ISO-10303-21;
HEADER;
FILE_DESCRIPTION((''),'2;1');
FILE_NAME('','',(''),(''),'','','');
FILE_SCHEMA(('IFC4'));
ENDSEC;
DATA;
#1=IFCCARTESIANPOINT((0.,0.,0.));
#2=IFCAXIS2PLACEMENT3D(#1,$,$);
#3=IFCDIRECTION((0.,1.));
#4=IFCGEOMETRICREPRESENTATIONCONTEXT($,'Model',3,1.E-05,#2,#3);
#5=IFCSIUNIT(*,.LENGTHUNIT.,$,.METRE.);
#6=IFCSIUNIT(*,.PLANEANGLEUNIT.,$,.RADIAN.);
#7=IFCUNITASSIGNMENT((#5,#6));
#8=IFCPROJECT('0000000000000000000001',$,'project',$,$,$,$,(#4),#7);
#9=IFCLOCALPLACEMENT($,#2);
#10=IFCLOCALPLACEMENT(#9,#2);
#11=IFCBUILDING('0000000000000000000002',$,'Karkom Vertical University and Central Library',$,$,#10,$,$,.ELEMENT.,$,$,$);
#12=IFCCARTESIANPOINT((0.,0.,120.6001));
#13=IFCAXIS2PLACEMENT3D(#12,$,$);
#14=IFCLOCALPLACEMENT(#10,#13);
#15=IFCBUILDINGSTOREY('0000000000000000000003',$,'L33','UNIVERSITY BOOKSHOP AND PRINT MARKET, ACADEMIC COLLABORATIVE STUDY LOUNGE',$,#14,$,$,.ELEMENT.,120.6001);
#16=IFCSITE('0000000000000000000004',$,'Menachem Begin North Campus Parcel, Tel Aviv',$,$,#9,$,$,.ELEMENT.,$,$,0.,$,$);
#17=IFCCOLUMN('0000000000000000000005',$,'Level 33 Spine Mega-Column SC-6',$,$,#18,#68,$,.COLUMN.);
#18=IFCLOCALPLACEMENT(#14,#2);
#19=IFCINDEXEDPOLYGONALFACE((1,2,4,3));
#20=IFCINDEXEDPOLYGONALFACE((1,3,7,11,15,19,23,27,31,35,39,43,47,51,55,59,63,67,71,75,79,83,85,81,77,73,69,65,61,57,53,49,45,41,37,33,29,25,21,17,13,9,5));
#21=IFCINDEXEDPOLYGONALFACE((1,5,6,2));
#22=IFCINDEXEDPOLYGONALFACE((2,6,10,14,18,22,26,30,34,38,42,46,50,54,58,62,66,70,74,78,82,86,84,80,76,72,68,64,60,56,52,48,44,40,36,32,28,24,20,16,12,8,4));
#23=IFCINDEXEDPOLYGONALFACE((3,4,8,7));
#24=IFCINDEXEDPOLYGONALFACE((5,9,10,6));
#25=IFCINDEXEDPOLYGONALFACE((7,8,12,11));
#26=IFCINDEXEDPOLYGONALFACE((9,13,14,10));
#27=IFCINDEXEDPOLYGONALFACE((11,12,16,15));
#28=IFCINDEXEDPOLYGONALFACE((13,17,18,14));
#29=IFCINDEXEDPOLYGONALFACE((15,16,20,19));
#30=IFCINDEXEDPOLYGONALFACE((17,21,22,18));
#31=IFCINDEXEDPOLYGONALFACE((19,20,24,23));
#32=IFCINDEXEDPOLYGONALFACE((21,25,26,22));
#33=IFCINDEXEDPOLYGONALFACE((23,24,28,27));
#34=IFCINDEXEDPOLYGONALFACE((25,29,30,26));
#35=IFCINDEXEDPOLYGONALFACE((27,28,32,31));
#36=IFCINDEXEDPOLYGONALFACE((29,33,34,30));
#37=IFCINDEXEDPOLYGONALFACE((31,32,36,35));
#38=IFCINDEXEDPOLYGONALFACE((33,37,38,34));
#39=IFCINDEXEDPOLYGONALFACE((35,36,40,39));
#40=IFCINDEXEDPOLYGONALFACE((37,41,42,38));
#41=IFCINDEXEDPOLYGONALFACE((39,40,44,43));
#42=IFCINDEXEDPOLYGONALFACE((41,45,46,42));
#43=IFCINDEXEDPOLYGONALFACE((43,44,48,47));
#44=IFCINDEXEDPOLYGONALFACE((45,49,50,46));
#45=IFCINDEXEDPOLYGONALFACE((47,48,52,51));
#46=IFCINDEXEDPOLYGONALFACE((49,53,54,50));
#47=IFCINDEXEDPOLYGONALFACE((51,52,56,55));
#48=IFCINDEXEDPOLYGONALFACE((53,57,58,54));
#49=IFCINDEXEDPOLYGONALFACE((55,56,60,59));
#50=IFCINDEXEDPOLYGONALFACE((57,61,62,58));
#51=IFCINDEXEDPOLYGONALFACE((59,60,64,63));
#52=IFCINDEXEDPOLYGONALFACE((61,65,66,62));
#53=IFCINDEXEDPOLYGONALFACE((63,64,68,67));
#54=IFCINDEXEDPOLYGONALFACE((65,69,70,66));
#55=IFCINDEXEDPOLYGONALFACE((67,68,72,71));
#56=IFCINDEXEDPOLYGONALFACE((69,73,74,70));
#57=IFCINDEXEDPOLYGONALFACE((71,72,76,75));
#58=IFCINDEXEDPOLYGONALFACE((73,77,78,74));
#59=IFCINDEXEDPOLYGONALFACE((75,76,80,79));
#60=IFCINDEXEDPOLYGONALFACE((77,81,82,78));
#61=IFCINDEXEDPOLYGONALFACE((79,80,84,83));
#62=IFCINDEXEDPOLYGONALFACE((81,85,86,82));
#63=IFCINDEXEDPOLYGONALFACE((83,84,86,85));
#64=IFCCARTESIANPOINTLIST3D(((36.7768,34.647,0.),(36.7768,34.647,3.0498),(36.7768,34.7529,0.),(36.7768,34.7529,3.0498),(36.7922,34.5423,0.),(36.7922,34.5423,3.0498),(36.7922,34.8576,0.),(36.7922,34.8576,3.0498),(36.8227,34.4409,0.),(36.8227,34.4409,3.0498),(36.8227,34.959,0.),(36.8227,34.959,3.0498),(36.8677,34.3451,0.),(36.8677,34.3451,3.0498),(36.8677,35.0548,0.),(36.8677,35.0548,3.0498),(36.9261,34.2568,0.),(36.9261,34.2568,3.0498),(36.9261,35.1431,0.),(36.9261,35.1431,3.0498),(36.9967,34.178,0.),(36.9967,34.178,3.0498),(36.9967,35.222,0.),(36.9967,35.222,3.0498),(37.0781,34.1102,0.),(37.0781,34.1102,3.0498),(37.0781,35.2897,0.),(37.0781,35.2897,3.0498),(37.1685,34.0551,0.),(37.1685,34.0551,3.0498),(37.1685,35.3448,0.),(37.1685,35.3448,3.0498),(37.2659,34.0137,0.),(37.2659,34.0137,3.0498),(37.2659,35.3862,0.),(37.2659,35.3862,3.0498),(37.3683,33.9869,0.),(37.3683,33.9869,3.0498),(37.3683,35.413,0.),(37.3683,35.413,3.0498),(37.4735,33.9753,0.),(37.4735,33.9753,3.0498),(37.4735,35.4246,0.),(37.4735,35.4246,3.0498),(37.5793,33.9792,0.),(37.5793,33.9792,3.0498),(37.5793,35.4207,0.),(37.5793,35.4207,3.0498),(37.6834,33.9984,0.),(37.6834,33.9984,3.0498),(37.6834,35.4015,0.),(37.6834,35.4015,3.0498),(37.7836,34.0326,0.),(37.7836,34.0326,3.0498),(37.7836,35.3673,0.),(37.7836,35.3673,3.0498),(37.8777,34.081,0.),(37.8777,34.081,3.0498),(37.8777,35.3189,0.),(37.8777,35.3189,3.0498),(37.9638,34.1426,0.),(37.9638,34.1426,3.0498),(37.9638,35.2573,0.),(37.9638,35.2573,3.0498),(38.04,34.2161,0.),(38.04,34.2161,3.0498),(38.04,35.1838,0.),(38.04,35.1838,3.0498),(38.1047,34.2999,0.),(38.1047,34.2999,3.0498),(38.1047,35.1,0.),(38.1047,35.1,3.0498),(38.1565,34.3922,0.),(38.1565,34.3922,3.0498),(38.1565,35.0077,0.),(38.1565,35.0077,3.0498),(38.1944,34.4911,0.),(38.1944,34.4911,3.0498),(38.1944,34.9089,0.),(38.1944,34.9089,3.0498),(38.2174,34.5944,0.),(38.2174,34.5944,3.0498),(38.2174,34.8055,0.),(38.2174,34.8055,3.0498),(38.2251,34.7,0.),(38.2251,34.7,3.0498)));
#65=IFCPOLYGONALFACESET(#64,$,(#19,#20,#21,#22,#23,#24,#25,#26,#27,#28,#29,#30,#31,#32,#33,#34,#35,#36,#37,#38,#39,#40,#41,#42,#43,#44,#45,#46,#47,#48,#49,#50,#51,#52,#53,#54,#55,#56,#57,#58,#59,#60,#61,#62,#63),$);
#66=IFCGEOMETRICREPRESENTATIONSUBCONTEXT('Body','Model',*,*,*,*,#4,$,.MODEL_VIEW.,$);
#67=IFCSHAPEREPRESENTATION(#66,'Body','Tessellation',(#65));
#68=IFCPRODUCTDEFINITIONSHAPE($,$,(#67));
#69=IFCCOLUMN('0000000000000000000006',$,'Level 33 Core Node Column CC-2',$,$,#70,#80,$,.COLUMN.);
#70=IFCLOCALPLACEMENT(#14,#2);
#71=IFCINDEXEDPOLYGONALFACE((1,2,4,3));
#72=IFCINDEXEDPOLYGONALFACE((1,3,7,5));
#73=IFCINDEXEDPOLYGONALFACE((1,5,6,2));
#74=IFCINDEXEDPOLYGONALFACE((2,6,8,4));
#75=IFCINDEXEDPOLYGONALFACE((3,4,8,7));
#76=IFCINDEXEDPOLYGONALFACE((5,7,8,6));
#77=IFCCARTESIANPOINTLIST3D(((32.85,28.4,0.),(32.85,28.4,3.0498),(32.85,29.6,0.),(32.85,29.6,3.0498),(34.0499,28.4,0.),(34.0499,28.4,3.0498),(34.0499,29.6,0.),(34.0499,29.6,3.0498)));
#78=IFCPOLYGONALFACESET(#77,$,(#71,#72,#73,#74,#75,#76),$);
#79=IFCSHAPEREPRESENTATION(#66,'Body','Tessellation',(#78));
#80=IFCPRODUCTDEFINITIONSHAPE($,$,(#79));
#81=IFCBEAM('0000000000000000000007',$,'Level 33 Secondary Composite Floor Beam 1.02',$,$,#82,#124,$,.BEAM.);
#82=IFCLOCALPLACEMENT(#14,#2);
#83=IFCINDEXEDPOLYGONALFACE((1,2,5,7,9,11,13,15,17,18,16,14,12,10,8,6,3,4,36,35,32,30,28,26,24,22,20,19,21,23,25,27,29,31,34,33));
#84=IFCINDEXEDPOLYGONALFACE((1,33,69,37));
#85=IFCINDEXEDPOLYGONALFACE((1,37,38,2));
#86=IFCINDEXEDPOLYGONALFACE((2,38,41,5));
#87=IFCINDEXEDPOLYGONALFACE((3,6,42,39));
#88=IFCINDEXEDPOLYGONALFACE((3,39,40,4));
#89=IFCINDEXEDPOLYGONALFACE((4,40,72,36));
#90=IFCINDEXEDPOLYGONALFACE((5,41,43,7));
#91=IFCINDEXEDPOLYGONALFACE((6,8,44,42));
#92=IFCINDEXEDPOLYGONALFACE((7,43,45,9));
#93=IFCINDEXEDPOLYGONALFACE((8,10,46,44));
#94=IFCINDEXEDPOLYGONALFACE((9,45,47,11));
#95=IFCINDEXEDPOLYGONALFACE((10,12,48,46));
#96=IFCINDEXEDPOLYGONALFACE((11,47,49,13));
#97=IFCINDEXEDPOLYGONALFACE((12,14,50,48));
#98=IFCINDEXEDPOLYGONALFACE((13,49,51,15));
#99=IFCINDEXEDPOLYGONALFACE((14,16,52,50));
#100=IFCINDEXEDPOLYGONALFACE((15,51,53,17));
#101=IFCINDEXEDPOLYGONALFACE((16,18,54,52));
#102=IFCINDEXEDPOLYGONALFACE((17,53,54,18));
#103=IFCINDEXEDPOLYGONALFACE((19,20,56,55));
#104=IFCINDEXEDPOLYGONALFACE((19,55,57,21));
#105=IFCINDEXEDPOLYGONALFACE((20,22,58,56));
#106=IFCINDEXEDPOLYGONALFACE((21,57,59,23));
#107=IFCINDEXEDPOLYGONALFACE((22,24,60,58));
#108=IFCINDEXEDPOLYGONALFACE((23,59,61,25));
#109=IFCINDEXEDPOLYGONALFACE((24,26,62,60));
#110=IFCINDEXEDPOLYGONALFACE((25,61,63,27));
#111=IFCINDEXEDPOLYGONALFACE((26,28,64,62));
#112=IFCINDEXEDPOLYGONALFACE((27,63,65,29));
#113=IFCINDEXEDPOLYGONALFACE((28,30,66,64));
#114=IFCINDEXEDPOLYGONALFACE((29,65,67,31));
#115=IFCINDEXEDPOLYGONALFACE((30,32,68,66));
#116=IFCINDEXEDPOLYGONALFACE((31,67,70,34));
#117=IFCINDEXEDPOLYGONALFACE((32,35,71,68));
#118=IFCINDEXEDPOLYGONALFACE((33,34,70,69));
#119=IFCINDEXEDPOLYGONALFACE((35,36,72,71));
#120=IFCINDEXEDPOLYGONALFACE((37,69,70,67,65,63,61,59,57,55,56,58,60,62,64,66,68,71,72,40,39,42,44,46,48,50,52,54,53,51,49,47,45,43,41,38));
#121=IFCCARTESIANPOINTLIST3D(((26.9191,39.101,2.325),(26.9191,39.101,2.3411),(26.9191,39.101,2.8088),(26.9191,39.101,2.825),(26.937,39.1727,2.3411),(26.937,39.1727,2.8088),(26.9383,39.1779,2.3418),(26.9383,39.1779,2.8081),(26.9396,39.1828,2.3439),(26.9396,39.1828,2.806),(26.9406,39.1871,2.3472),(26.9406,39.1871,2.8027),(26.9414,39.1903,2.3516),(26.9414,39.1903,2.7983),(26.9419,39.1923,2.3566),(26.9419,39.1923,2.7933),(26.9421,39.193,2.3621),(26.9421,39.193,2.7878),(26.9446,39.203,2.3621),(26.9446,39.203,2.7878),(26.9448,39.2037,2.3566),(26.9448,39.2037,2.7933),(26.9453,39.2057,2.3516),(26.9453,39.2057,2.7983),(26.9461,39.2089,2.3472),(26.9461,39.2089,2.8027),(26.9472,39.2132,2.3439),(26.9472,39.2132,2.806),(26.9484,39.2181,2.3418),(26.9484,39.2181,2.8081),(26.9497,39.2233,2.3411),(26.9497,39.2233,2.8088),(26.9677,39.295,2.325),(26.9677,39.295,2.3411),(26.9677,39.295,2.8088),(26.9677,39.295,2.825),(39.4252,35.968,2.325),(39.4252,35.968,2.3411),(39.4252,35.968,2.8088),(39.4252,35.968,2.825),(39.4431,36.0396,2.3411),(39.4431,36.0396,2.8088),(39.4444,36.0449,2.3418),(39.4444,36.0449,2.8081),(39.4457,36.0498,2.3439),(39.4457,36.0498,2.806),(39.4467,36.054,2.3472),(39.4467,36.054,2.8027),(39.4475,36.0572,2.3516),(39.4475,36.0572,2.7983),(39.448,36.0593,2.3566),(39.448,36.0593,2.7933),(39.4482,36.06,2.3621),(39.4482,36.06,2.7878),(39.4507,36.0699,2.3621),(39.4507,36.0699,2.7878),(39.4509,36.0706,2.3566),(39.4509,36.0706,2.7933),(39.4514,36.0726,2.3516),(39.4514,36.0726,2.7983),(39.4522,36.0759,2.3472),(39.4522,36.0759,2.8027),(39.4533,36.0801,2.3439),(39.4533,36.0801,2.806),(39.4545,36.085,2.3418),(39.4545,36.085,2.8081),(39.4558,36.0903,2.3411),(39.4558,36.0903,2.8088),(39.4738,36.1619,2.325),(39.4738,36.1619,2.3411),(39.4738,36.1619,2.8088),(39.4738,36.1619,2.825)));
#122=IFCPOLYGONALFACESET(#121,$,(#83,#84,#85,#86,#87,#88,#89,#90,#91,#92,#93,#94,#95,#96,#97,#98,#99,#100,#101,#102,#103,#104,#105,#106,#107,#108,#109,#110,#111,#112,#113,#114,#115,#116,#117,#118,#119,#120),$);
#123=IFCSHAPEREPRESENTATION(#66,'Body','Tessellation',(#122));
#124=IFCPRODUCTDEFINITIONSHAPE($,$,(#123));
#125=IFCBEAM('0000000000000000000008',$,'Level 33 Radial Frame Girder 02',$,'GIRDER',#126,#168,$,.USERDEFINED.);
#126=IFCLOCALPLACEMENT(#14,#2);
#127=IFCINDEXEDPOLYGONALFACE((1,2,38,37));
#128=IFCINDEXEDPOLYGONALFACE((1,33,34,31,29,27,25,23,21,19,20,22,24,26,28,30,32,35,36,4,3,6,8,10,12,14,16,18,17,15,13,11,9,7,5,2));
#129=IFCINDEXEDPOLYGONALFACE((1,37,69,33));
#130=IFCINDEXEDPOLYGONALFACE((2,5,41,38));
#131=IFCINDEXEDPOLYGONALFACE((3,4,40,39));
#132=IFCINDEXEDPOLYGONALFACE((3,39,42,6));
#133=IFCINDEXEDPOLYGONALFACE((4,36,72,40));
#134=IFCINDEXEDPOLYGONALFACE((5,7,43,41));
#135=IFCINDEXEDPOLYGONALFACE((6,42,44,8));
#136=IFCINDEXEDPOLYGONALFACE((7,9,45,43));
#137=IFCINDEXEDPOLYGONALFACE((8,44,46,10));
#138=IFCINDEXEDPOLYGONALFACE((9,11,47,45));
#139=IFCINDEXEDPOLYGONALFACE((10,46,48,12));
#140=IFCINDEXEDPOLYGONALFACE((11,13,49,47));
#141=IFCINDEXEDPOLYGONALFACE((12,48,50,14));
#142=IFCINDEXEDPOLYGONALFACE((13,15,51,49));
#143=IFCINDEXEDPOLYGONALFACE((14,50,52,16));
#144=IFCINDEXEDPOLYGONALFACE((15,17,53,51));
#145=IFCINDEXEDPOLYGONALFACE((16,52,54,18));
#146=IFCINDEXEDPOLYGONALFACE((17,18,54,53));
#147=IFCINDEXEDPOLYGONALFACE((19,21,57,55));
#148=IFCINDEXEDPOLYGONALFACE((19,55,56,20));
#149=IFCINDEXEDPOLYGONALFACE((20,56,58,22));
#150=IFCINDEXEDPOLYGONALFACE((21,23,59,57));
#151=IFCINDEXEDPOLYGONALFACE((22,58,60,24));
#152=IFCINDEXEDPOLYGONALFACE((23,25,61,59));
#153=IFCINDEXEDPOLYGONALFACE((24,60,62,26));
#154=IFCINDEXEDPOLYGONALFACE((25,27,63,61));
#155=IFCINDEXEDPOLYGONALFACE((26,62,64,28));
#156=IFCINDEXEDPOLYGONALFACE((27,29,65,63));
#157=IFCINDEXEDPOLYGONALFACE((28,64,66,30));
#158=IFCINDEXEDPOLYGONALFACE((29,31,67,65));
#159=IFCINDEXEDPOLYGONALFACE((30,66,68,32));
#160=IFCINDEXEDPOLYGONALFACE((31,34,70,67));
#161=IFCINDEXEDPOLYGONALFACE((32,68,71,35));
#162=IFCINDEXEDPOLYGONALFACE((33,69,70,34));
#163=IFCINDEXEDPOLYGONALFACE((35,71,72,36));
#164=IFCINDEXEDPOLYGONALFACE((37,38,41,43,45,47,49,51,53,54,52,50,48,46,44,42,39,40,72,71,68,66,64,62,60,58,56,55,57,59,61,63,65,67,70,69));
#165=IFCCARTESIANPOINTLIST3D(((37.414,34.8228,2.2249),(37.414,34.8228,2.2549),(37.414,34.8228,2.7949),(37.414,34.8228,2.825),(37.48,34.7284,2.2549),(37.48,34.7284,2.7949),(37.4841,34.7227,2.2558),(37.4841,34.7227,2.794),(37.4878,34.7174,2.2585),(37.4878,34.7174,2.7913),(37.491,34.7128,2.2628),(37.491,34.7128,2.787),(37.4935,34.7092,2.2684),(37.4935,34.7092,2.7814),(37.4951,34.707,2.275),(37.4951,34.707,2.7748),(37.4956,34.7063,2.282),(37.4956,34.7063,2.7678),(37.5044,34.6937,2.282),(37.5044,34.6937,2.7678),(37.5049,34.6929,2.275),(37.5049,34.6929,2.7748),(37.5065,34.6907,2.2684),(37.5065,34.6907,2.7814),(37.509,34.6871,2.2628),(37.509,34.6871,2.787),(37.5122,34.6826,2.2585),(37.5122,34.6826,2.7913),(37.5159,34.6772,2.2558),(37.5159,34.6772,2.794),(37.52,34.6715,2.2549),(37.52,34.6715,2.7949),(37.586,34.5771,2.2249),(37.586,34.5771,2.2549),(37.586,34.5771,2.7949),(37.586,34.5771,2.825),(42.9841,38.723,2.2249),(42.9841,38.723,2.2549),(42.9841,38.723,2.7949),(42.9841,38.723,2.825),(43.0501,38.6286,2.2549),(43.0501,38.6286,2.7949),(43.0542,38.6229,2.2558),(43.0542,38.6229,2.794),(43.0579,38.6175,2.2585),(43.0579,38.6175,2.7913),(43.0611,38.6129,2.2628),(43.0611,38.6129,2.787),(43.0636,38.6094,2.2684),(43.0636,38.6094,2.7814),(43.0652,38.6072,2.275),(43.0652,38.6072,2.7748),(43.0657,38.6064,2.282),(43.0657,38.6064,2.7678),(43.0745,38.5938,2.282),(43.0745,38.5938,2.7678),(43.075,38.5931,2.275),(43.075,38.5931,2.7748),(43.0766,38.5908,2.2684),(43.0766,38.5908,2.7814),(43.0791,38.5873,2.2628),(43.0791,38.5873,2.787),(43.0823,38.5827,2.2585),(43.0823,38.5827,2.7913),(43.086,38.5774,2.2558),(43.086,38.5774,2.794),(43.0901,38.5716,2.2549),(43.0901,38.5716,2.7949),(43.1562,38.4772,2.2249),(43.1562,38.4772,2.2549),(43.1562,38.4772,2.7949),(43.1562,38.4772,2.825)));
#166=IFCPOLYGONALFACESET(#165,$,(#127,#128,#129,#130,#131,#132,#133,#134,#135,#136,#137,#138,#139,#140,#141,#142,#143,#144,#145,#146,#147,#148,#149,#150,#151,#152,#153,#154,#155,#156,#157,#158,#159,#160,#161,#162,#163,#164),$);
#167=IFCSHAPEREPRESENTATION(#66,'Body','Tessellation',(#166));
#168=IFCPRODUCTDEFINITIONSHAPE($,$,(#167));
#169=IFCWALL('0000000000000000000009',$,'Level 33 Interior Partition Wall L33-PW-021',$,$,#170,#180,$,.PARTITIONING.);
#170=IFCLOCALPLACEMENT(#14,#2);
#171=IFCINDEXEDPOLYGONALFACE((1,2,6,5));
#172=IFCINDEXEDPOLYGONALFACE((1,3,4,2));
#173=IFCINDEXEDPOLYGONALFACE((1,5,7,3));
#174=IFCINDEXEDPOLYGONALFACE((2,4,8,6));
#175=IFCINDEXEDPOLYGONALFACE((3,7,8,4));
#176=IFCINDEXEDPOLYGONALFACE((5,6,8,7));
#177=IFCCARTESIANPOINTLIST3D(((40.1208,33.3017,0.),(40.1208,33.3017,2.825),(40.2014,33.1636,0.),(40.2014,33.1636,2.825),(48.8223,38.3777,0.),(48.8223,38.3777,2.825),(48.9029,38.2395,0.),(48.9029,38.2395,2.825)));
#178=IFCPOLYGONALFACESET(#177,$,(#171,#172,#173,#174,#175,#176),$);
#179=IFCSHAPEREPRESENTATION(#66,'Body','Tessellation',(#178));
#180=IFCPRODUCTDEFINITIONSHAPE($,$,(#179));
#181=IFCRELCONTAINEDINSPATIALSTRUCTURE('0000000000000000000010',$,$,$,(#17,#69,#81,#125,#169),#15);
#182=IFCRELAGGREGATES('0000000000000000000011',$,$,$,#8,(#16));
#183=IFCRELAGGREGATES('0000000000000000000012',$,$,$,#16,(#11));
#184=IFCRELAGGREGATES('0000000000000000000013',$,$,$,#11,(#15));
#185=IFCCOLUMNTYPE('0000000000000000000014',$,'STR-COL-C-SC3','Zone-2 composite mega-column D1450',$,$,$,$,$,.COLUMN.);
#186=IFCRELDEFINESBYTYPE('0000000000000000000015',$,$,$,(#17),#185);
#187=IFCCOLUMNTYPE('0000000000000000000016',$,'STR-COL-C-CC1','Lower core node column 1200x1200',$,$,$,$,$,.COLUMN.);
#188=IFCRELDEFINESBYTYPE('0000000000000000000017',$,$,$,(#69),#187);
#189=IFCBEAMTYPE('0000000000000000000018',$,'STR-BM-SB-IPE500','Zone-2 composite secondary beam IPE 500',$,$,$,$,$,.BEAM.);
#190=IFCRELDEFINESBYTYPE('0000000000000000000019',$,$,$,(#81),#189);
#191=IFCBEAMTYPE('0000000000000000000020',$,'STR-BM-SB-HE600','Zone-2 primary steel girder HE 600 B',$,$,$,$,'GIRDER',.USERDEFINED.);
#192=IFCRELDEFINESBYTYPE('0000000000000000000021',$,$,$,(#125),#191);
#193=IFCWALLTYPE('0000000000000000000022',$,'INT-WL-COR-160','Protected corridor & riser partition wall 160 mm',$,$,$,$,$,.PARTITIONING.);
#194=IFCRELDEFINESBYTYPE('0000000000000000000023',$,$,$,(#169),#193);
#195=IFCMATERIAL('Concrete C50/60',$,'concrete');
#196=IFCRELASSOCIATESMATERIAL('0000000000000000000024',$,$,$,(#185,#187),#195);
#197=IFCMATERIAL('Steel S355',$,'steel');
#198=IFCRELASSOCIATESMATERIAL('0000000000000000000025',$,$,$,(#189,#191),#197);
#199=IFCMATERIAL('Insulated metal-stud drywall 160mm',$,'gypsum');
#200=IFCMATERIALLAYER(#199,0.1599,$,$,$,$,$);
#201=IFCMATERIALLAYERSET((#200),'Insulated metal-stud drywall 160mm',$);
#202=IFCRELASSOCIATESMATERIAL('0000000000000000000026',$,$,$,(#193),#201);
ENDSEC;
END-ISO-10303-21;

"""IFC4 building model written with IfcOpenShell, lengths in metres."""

from ifc_helpers import new_model, si_unit, direction, frame, frame_2d, origin, origin_with_axes, origin_2d, place, context, subcontext, project, spatial, rectangle, circle, i_section, extrude, source, transform, mapped, material, layer, layer_set, material_profile, profile_set, type_object, element, save


model = new_model("IFC4")

# Units and contexts
model_context = context("Model", 3, precision=1e-05, world=origin(), true_north=direction((0.0, 1.0)))
body_context = subcontext(model_context, "Body", "Model", "MODEL_VIEW")
ifc_project = project(units=[si_unit("LENGTHUNIT", "METRE"), si_unit("PLANEANGLEUNIT", "RADIAN")], contexts=[model_context])

# Site, building, storey
site_placement = place(None, origin())
site = spatial("IfcSite", under=ifc_project, at=site_placement, Name="Menachem Begin North Campus Parcel, Tel Aviv", CompositionType="ELEMENT", RefElevation=0.0)
building_placement = place(site_placement, origin())
building = spatial("IfcBuilding", under=site, at=building_placement, Name="Karkom Vertical University and Central Library", CompositionType="ELEMENT")
storey_placement = place(building_placement, frame((0.0, 0.0, 120.6001)))
storey = spatial("IfcBuildingStorey", under=building, at=storey_placement, Name="L33", Description="UNIVERSITY BOOKSHOP AND PRINT MARKET, ACADEMIC COLLABORATIVE STUDY LOUNGE", CompositionType="ELEMENT", Elevation=120.6001)

# Columns
ifc_material_1 = material(Name="Concrete C50/60", Category="concrete")
ifc_material_profile_1 = material_profile(ifc_material_1, circle(Radius=0.7251, at=origin_2d()), Name="CFT-D1450")
ifc_profile_set_1 = profile_set([ifc_material_profile_1], Name="Concrete C50/60")
column_type_1 = type_object("IfcColumnType", Name="STR-COL-C-SC3", Description="Zone-2 composite mega-column D1450", PredefinedType="COLUMN", material=ifc_profile_set_1)
shared_shape_1 = source(origin_with_axes(), body_context, "Body", "SweptSolid", [
    extrude(circle(Radius=0.7251, at=origin_2d()), origin(), (0.0, 0.0, 1.0), 3.0498),
])
column_1_placement = place(storey_placement, frame((37.5, 34.7, 0.0), z_axis=(0.0, 0.0, 1.0), x_axis=(1.0, 0.0, 0.0)))
element("IfcColumn", 1, at=column_1_placement, inside=storey, type_object=column_type_1, Name="Level 33 Spine Mega-Column SC-6", PredefinedType="COLUMN", context=body_context, shape_type="MappedRepresentation", body=[
    mapped(shared_shape_1, transform((0.0, 0.0, 0.0), scale=1.0)),
])
ifc_material_profile_2 = material_profile(ifc_material_1, rectangle(XDim=1.2, YDim=1.2, at=origin_2d()), Name="RC-1200x1200")
ifc_profile_set_2 = profile_set([ifc_material_profile_2], Name="Concrete C50/60")
column_type_2 = type_object("IfcColumnType", Name="STR-COL-C-CC1", Description="Lower core node column 1200x1200", PredefinedType="COLUMN", material=ifc_profile_set_2)
shared_shape_2 = source(origin_with_axes(), body_context, "Body", "SweptSolid", [
    extrude(rectangle(XDim=1.2, YDim=1.2, at=origin_2d()), origin(), (0.0, 0.0, 1.0), 3.0498),
])
column_2_placement = place(storey_placement, frame((33.45, 29.0, 0.0), z_axis=(0.0, 0.0, 1.0), x_axis=(1.0, 0.0, 0.0)))
element("IfcColumn", 2, at=column_2_placement, inside=storey, type_object=column_type_2, Name="Level 33 Core Node Column CC-2", PredefinedType="COLUMN", context=body_context, shape_type="MappedRepresentation", body=[
    mapped(shared_shape_2, transform((0.0, 0.0, 0.0), scale=1.0)),
])

# Beams
ifc_material_2 = material(Name="Steel S355", Category="steel")
ifc_material_profile_3 = material_profile(ifc_material_2, i_section(OverallWidth=0.2, OverallDepth=0.5, WebThickness=0.0103, FlangeThickness=0.0161, FilletRadius=0.021, at=origin_2d()), Name="IPE 500")
ifc_profile_set_3 = profile_set([ifc_material_profile_3], Name="Steel S355")
beam_type_1 = type_object("IfcBeamType", Name="STR-BM-SB-IPE500", Description="Zone-2 composite secondary beam IPE 500", PredefinedType="BEAM", material=ifc_profile_set_3)
shared_shape_3 = source(origin_with_axes(), body_context, "Body", "SweptSolid", [
    extrude(i_section(OverallWidth=0.2, OverallDepth=0.5, WebThickness=0.0103, FlangeThickness=0.0161, FilletRadius=0.021, at=origin_2d()), origin(), (0.0, 0.0, 1.0), 12.8926),
])
beam_1_placement = place(storey_placement, frame((39.4495, 36.0649, 2.575), z_axis=(-0.970023, 0.243012, 0.0), x_axis=(-0.243012, -0.970023, 0.0)))
element("IfcBeam", 3, at=beam_1_placement, inside=storey, type_object=beam_type_1, Name="Level 33 Secondary Composite Floor Beam 1.02", PredefinedType="BEAM", context=body_context, shape_type="MappedRepresentation", body=[
    mapped(shared_shape_3, transform((0.0, 0.0, 0.0), scale=1.0)),
])
ifc_material_profile_4 = material_profile(ifc_material_2, i_section(OverallWidth=0.3, OverallDepth=0.6001, WebThickness=0.0154, FlangeThickness=0.03, FilletRadius=0.0271, at=origin_2d()), Name="HE 600 B")
ifc_profile_set_4 = profile_set([ifc_material_profile_4], Name="Steel S355")
beam_type_2 = type_object("IfcBeamType", Name="STR-BM-SB-HE600", Description="Zone-2 primary steel girder HE 600 B", ElementType="GIRDER", PredefinedType="USERDEFINED", material=ifc_profile_set_4)
shared_shape_4 = source(origin_with_axes(), body_context, "Body", "SweptSolid", [
    extrude(i_section(OverallWidth=0.3, OverallDepth=0.6001, WebThickness=0.0154, FlangeThickness=0.03, FilletRadius=0.0271, at=origin_2d()), origin(), (0.0, 0.0, 1.0), 6.7998),
])
beam_2_placement = place(storey_placement, frame((37.5, 34.7, 2.5249), z_axis=(0.819156, 0.573571, 0.0), x_axis=(-0.573571, 0.819156, 0.0)))
element("IfcBeam", 4, at=beam_2_placement, inside=storey, type_object=beam_type_2, Name="Level 33 Radial Frame Girder 02", ObjectType="GIRDER", PredefinedType="USERDEFINED", context=body_context, shape_type="MappedRepresentation", body=[
    mapped(shared_shape_4, transform((0.0, 0.0, 0.0), scale=1.0)),
])

# Wall
ifc_material_3 = material(Name="Insulated metal-stud drywall 160mm", Category="gypsum")
ifc_layer_1 = layer(ifc_material_3, 0.1599)
ifc_layer_set_1 = layer_set([ifc_layer_1], Name="Insulated metal-stud drywall 160mm")
wall_type_1 = type_object("IfcWallType", Name="INT-WL-COR-160", Description="Protected corridor & riser partition wall 160 mm", PredefinedType="PARTITIONING", material=ifc_layer_set_1)
wall_1_placement = place(storey_placement, frame((40.1611, 33.2327, 0.0), z_axis=(0.0, 0.0, 1.0), x_axis=(0.863775, 0.503879, 0.0)))
element("IfcWall", 5, at=wall_1_placement, inside=storey, type_object=wall_type_1, Name="Level 33 Interior Partition Wall L33-PW-021", PredefinedType="PARTITIONING", context=body_context, shape_type="SweptSolid", body=[
    extrude(rectangle(XDim=10.0737, YDim=0.1599, at=frame_2d((5.0369, 0.0))), origin(), (0.0, 0.0, 1.0), 2.825),
])

save(model, "model.ifc")
